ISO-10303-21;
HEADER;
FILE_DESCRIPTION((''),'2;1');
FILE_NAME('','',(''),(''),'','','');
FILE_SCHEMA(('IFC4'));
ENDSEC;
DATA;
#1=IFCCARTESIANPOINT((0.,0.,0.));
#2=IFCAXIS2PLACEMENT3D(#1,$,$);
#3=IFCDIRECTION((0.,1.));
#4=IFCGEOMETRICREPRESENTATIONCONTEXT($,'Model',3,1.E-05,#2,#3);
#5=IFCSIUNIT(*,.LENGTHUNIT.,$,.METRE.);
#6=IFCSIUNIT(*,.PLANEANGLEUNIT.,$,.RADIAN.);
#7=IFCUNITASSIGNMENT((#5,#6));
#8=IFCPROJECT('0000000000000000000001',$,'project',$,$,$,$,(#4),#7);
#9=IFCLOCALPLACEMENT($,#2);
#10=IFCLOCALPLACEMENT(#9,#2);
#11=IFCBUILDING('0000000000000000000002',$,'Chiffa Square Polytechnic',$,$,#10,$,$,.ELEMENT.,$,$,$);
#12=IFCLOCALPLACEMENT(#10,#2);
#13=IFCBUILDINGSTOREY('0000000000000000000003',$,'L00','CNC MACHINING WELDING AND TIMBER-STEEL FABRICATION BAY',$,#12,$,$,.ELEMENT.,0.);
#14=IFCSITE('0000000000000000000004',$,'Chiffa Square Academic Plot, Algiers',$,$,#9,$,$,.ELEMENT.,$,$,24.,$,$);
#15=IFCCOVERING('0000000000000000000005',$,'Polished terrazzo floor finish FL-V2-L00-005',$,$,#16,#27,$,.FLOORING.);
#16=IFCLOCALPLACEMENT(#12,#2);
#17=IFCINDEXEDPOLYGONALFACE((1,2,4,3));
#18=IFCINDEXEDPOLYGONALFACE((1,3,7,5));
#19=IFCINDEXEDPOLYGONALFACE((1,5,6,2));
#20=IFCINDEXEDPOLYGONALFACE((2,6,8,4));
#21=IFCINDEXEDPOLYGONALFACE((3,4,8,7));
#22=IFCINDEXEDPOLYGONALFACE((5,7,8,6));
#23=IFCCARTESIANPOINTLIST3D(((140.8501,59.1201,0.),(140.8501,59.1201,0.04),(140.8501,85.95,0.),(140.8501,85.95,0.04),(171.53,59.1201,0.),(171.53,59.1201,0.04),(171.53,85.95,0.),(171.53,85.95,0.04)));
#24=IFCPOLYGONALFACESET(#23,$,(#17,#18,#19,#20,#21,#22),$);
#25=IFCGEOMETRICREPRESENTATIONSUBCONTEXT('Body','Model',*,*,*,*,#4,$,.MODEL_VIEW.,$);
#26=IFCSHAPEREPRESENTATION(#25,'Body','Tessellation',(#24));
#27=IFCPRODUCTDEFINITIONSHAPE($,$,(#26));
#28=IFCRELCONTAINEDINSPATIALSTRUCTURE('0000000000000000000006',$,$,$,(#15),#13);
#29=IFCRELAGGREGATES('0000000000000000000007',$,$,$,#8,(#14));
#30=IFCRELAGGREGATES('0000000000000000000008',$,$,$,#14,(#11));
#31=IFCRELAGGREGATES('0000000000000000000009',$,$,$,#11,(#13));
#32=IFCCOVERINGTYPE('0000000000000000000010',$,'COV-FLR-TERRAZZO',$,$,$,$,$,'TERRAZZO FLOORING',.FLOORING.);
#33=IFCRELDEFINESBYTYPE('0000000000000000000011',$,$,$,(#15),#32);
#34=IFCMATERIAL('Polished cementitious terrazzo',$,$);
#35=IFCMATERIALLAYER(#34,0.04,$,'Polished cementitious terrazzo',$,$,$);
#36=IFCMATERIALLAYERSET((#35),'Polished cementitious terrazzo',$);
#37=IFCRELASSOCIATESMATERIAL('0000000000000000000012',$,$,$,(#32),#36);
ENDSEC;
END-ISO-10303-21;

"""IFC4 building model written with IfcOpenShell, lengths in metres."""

from ifc_helpers import new_model, si_unit, direction, origin, place, context, subcontext, project, spatial, polyline, outline, extrude, material, layer, layer_set, type_object, element, save


model = new_model("IFC4")

# Units and contexts
model_context = context("Model", 3, precision=1e-05, world=origin(), true_north=direction((0.0, 1.0)))
body_context = subcontext(model_context, "Body", "Model", "MODEL_VIEW")
ifc_project = project(units=[si_unit("LENGTHUNIT", "METRE"), si_unit("PLANEANGLEUNIT", "RADIAN")], contexts=[model_context])

# Site, building, storey
site_placement = place(None, origin())
site = spatial("IfcSite", under=ifc_project, at=site_placement, Name="Chiffa Square Academic Plot, Algiers", CompositionType="ELEMENT", RefElevation=24.0)
building_placement = place(site_placement, origin())
building = spatial("IfcBuilding", under=site, at=building_placement, Name="Chiffa Square Polytechnic", CompositionType="ELEMENT")
storey_placement = place(building_placement, origin())
storey = spatial("IfcBuildingStorey", under=building, at=storey_placement, Name="L00", Description="CNC MACHINING WELDING AND TIMBER-STEEL FABRICATION BAY", CompositionType="ELEMENT", Elevation=0.0)

# Covering
ifc_material_1 = material(Name="Polished cementitious terrazzo")
ifc_layer_1 = layer(ifc_material_1, 0.04, Name="Polished cementitious terrazzo")
ifc_layer_set_1 = layer_set([ifc_layer_1], Name="Polished cementitious terrazzo")
covering_type_1 = type_object("IfcCoveringType", Name="COV-FLR-TERRAZZO", ElementType="TERRAZZO FLOORING", PredefinedType="FLOORING", material=ifc_layer_set_1)
covering_1_placement = place(storey_placement, origin())
element("IfcCovering", 1, at=covering_1_placement, inside=storey, type_object=covering_type_1, Name="Polished terrazzo floor finish FL-V2-L00-005", PredefinedType="FLOORING", context=body_context, shape_type="SweptSolid", body=[
    extrude(outline(polyline([(140.8501, 85.95), (171.53, 85.95), (171.53, 59.1201), (140.8501, 59.1201), (140.8501, 85.95)])), origin(), (0.0, 0.0, 1.0), 0.04),
])

save(model, "model.ifc")
